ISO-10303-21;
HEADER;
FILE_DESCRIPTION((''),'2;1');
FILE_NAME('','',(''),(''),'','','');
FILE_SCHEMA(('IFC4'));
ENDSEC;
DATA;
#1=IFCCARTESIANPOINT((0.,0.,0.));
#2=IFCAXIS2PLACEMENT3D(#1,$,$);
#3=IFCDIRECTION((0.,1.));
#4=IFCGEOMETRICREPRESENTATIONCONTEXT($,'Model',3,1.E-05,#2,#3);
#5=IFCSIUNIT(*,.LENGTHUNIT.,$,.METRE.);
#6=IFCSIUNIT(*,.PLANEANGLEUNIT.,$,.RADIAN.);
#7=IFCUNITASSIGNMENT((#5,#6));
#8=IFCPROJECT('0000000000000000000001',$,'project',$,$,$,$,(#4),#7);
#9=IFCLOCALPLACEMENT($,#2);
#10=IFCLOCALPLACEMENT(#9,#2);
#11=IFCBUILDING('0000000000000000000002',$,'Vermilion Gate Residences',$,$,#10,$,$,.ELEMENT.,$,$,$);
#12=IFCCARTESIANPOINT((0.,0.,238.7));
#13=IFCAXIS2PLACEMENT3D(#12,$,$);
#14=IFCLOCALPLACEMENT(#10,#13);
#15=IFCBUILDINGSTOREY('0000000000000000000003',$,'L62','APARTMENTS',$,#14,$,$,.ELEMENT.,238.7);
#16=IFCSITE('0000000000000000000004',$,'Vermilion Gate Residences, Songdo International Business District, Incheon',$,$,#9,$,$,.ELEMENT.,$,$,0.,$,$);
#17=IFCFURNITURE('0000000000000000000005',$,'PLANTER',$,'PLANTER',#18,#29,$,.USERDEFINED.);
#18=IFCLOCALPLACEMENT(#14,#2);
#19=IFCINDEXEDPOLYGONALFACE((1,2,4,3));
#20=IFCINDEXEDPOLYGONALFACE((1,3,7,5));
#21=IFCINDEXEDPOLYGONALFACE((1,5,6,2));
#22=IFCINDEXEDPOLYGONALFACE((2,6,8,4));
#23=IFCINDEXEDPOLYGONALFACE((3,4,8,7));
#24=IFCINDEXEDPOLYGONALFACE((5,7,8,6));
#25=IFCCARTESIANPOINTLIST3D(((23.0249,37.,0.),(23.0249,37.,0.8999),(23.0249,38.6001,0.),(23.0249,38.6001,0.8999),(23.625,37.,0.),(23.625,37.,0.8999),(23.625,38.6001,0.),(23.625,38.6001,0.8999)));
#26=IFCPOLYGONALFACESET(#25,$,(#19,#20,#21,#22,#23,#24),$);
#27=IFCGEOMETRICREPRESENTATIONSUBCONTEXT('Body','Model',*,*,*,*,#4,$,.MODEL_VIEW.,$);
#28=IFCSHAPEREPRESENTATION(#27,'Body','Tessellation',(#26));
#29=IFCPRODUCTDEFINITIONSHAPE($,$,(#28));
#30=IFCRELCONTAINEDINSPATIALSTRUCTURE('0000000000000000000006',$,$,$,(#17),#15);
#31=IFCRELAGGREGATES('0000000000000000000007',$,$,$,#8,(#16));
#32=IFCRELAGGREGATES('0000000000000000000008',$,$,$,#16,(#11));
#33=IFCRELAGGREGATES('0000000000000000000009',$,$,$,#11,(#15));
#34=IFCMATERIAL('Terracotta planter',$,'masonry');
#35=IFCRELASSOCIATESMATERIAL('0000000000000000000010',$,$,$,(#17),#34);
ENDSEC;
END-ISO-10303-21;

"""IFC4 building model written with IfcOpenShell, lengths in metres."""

from ifc_helpers import new_model, si_unit, direction, frame, origin, origin_2d, place, context, subcontext, project, spatial, rectangle, extrude, material, element, save


model = new_model("IFC4")

# Units and contexts
model_context = context("Model", 3, precision=1e-05, world=origin(), true_north=direction((0.0, 1.0)))
body_context = subcontext(model_context, "Body", "Model", "MODEL_VIEW")
ifc_project = project(units=[si_unit("LENGTHUNIT", "METRE"), si_unit("PLANEANGLEUNIT", "RADIAN")], contexts=[model_context])

# Site, building, storey
site_placement = place(None, origin())
site = spatial("IfcSite", under=ifc_project, at=site_placement, Name="Vermilion Gate Residences, Songdo International Business District, Incheon", CompositionType="ELEMENT", RefElevation=0.0)
building_placement = place(site_placement, origin())
building = spatial("IfcBuilding", under=site, at=building_placement, Name="Vermilion Gate Residences", CompositionType="ELEMENT")
storey_placement = place(building_placement, frame((0.0, 0.0, 238.7)))
storey = spatial("IfcBuildingStorey", under=building, at=storey_placement, Name="L62", Description="APARTMENTS", CompositionType="ELEMENT", Elevation=238.7)

# Furniture
ifc_material_1 = material(Name="Terracotta planter", Category="masonry")
furniture_placement = place(storey_placement, frame((23.325, 37.8, 0.0), z_axis=(0.0, 0.0, 1.0), x_axis=(0.0, 1.0, 0.0)))
element("IfcFurniture", 1, at=furniture_placement, inside=storey, material=ifc_material_1, Name="PLANTER", ObjectType="PLANTER", PredefinedType="USERDEFINED", context=body_context, shape_type="SweptSolid", body=[
    extrude(rectangle(XDim=1.6001, YDim=0.6001, at=origin_2d()), origin(), (0.0, 0.0, 1.0), 0.8999),
])

save(model, "model.ifc")
